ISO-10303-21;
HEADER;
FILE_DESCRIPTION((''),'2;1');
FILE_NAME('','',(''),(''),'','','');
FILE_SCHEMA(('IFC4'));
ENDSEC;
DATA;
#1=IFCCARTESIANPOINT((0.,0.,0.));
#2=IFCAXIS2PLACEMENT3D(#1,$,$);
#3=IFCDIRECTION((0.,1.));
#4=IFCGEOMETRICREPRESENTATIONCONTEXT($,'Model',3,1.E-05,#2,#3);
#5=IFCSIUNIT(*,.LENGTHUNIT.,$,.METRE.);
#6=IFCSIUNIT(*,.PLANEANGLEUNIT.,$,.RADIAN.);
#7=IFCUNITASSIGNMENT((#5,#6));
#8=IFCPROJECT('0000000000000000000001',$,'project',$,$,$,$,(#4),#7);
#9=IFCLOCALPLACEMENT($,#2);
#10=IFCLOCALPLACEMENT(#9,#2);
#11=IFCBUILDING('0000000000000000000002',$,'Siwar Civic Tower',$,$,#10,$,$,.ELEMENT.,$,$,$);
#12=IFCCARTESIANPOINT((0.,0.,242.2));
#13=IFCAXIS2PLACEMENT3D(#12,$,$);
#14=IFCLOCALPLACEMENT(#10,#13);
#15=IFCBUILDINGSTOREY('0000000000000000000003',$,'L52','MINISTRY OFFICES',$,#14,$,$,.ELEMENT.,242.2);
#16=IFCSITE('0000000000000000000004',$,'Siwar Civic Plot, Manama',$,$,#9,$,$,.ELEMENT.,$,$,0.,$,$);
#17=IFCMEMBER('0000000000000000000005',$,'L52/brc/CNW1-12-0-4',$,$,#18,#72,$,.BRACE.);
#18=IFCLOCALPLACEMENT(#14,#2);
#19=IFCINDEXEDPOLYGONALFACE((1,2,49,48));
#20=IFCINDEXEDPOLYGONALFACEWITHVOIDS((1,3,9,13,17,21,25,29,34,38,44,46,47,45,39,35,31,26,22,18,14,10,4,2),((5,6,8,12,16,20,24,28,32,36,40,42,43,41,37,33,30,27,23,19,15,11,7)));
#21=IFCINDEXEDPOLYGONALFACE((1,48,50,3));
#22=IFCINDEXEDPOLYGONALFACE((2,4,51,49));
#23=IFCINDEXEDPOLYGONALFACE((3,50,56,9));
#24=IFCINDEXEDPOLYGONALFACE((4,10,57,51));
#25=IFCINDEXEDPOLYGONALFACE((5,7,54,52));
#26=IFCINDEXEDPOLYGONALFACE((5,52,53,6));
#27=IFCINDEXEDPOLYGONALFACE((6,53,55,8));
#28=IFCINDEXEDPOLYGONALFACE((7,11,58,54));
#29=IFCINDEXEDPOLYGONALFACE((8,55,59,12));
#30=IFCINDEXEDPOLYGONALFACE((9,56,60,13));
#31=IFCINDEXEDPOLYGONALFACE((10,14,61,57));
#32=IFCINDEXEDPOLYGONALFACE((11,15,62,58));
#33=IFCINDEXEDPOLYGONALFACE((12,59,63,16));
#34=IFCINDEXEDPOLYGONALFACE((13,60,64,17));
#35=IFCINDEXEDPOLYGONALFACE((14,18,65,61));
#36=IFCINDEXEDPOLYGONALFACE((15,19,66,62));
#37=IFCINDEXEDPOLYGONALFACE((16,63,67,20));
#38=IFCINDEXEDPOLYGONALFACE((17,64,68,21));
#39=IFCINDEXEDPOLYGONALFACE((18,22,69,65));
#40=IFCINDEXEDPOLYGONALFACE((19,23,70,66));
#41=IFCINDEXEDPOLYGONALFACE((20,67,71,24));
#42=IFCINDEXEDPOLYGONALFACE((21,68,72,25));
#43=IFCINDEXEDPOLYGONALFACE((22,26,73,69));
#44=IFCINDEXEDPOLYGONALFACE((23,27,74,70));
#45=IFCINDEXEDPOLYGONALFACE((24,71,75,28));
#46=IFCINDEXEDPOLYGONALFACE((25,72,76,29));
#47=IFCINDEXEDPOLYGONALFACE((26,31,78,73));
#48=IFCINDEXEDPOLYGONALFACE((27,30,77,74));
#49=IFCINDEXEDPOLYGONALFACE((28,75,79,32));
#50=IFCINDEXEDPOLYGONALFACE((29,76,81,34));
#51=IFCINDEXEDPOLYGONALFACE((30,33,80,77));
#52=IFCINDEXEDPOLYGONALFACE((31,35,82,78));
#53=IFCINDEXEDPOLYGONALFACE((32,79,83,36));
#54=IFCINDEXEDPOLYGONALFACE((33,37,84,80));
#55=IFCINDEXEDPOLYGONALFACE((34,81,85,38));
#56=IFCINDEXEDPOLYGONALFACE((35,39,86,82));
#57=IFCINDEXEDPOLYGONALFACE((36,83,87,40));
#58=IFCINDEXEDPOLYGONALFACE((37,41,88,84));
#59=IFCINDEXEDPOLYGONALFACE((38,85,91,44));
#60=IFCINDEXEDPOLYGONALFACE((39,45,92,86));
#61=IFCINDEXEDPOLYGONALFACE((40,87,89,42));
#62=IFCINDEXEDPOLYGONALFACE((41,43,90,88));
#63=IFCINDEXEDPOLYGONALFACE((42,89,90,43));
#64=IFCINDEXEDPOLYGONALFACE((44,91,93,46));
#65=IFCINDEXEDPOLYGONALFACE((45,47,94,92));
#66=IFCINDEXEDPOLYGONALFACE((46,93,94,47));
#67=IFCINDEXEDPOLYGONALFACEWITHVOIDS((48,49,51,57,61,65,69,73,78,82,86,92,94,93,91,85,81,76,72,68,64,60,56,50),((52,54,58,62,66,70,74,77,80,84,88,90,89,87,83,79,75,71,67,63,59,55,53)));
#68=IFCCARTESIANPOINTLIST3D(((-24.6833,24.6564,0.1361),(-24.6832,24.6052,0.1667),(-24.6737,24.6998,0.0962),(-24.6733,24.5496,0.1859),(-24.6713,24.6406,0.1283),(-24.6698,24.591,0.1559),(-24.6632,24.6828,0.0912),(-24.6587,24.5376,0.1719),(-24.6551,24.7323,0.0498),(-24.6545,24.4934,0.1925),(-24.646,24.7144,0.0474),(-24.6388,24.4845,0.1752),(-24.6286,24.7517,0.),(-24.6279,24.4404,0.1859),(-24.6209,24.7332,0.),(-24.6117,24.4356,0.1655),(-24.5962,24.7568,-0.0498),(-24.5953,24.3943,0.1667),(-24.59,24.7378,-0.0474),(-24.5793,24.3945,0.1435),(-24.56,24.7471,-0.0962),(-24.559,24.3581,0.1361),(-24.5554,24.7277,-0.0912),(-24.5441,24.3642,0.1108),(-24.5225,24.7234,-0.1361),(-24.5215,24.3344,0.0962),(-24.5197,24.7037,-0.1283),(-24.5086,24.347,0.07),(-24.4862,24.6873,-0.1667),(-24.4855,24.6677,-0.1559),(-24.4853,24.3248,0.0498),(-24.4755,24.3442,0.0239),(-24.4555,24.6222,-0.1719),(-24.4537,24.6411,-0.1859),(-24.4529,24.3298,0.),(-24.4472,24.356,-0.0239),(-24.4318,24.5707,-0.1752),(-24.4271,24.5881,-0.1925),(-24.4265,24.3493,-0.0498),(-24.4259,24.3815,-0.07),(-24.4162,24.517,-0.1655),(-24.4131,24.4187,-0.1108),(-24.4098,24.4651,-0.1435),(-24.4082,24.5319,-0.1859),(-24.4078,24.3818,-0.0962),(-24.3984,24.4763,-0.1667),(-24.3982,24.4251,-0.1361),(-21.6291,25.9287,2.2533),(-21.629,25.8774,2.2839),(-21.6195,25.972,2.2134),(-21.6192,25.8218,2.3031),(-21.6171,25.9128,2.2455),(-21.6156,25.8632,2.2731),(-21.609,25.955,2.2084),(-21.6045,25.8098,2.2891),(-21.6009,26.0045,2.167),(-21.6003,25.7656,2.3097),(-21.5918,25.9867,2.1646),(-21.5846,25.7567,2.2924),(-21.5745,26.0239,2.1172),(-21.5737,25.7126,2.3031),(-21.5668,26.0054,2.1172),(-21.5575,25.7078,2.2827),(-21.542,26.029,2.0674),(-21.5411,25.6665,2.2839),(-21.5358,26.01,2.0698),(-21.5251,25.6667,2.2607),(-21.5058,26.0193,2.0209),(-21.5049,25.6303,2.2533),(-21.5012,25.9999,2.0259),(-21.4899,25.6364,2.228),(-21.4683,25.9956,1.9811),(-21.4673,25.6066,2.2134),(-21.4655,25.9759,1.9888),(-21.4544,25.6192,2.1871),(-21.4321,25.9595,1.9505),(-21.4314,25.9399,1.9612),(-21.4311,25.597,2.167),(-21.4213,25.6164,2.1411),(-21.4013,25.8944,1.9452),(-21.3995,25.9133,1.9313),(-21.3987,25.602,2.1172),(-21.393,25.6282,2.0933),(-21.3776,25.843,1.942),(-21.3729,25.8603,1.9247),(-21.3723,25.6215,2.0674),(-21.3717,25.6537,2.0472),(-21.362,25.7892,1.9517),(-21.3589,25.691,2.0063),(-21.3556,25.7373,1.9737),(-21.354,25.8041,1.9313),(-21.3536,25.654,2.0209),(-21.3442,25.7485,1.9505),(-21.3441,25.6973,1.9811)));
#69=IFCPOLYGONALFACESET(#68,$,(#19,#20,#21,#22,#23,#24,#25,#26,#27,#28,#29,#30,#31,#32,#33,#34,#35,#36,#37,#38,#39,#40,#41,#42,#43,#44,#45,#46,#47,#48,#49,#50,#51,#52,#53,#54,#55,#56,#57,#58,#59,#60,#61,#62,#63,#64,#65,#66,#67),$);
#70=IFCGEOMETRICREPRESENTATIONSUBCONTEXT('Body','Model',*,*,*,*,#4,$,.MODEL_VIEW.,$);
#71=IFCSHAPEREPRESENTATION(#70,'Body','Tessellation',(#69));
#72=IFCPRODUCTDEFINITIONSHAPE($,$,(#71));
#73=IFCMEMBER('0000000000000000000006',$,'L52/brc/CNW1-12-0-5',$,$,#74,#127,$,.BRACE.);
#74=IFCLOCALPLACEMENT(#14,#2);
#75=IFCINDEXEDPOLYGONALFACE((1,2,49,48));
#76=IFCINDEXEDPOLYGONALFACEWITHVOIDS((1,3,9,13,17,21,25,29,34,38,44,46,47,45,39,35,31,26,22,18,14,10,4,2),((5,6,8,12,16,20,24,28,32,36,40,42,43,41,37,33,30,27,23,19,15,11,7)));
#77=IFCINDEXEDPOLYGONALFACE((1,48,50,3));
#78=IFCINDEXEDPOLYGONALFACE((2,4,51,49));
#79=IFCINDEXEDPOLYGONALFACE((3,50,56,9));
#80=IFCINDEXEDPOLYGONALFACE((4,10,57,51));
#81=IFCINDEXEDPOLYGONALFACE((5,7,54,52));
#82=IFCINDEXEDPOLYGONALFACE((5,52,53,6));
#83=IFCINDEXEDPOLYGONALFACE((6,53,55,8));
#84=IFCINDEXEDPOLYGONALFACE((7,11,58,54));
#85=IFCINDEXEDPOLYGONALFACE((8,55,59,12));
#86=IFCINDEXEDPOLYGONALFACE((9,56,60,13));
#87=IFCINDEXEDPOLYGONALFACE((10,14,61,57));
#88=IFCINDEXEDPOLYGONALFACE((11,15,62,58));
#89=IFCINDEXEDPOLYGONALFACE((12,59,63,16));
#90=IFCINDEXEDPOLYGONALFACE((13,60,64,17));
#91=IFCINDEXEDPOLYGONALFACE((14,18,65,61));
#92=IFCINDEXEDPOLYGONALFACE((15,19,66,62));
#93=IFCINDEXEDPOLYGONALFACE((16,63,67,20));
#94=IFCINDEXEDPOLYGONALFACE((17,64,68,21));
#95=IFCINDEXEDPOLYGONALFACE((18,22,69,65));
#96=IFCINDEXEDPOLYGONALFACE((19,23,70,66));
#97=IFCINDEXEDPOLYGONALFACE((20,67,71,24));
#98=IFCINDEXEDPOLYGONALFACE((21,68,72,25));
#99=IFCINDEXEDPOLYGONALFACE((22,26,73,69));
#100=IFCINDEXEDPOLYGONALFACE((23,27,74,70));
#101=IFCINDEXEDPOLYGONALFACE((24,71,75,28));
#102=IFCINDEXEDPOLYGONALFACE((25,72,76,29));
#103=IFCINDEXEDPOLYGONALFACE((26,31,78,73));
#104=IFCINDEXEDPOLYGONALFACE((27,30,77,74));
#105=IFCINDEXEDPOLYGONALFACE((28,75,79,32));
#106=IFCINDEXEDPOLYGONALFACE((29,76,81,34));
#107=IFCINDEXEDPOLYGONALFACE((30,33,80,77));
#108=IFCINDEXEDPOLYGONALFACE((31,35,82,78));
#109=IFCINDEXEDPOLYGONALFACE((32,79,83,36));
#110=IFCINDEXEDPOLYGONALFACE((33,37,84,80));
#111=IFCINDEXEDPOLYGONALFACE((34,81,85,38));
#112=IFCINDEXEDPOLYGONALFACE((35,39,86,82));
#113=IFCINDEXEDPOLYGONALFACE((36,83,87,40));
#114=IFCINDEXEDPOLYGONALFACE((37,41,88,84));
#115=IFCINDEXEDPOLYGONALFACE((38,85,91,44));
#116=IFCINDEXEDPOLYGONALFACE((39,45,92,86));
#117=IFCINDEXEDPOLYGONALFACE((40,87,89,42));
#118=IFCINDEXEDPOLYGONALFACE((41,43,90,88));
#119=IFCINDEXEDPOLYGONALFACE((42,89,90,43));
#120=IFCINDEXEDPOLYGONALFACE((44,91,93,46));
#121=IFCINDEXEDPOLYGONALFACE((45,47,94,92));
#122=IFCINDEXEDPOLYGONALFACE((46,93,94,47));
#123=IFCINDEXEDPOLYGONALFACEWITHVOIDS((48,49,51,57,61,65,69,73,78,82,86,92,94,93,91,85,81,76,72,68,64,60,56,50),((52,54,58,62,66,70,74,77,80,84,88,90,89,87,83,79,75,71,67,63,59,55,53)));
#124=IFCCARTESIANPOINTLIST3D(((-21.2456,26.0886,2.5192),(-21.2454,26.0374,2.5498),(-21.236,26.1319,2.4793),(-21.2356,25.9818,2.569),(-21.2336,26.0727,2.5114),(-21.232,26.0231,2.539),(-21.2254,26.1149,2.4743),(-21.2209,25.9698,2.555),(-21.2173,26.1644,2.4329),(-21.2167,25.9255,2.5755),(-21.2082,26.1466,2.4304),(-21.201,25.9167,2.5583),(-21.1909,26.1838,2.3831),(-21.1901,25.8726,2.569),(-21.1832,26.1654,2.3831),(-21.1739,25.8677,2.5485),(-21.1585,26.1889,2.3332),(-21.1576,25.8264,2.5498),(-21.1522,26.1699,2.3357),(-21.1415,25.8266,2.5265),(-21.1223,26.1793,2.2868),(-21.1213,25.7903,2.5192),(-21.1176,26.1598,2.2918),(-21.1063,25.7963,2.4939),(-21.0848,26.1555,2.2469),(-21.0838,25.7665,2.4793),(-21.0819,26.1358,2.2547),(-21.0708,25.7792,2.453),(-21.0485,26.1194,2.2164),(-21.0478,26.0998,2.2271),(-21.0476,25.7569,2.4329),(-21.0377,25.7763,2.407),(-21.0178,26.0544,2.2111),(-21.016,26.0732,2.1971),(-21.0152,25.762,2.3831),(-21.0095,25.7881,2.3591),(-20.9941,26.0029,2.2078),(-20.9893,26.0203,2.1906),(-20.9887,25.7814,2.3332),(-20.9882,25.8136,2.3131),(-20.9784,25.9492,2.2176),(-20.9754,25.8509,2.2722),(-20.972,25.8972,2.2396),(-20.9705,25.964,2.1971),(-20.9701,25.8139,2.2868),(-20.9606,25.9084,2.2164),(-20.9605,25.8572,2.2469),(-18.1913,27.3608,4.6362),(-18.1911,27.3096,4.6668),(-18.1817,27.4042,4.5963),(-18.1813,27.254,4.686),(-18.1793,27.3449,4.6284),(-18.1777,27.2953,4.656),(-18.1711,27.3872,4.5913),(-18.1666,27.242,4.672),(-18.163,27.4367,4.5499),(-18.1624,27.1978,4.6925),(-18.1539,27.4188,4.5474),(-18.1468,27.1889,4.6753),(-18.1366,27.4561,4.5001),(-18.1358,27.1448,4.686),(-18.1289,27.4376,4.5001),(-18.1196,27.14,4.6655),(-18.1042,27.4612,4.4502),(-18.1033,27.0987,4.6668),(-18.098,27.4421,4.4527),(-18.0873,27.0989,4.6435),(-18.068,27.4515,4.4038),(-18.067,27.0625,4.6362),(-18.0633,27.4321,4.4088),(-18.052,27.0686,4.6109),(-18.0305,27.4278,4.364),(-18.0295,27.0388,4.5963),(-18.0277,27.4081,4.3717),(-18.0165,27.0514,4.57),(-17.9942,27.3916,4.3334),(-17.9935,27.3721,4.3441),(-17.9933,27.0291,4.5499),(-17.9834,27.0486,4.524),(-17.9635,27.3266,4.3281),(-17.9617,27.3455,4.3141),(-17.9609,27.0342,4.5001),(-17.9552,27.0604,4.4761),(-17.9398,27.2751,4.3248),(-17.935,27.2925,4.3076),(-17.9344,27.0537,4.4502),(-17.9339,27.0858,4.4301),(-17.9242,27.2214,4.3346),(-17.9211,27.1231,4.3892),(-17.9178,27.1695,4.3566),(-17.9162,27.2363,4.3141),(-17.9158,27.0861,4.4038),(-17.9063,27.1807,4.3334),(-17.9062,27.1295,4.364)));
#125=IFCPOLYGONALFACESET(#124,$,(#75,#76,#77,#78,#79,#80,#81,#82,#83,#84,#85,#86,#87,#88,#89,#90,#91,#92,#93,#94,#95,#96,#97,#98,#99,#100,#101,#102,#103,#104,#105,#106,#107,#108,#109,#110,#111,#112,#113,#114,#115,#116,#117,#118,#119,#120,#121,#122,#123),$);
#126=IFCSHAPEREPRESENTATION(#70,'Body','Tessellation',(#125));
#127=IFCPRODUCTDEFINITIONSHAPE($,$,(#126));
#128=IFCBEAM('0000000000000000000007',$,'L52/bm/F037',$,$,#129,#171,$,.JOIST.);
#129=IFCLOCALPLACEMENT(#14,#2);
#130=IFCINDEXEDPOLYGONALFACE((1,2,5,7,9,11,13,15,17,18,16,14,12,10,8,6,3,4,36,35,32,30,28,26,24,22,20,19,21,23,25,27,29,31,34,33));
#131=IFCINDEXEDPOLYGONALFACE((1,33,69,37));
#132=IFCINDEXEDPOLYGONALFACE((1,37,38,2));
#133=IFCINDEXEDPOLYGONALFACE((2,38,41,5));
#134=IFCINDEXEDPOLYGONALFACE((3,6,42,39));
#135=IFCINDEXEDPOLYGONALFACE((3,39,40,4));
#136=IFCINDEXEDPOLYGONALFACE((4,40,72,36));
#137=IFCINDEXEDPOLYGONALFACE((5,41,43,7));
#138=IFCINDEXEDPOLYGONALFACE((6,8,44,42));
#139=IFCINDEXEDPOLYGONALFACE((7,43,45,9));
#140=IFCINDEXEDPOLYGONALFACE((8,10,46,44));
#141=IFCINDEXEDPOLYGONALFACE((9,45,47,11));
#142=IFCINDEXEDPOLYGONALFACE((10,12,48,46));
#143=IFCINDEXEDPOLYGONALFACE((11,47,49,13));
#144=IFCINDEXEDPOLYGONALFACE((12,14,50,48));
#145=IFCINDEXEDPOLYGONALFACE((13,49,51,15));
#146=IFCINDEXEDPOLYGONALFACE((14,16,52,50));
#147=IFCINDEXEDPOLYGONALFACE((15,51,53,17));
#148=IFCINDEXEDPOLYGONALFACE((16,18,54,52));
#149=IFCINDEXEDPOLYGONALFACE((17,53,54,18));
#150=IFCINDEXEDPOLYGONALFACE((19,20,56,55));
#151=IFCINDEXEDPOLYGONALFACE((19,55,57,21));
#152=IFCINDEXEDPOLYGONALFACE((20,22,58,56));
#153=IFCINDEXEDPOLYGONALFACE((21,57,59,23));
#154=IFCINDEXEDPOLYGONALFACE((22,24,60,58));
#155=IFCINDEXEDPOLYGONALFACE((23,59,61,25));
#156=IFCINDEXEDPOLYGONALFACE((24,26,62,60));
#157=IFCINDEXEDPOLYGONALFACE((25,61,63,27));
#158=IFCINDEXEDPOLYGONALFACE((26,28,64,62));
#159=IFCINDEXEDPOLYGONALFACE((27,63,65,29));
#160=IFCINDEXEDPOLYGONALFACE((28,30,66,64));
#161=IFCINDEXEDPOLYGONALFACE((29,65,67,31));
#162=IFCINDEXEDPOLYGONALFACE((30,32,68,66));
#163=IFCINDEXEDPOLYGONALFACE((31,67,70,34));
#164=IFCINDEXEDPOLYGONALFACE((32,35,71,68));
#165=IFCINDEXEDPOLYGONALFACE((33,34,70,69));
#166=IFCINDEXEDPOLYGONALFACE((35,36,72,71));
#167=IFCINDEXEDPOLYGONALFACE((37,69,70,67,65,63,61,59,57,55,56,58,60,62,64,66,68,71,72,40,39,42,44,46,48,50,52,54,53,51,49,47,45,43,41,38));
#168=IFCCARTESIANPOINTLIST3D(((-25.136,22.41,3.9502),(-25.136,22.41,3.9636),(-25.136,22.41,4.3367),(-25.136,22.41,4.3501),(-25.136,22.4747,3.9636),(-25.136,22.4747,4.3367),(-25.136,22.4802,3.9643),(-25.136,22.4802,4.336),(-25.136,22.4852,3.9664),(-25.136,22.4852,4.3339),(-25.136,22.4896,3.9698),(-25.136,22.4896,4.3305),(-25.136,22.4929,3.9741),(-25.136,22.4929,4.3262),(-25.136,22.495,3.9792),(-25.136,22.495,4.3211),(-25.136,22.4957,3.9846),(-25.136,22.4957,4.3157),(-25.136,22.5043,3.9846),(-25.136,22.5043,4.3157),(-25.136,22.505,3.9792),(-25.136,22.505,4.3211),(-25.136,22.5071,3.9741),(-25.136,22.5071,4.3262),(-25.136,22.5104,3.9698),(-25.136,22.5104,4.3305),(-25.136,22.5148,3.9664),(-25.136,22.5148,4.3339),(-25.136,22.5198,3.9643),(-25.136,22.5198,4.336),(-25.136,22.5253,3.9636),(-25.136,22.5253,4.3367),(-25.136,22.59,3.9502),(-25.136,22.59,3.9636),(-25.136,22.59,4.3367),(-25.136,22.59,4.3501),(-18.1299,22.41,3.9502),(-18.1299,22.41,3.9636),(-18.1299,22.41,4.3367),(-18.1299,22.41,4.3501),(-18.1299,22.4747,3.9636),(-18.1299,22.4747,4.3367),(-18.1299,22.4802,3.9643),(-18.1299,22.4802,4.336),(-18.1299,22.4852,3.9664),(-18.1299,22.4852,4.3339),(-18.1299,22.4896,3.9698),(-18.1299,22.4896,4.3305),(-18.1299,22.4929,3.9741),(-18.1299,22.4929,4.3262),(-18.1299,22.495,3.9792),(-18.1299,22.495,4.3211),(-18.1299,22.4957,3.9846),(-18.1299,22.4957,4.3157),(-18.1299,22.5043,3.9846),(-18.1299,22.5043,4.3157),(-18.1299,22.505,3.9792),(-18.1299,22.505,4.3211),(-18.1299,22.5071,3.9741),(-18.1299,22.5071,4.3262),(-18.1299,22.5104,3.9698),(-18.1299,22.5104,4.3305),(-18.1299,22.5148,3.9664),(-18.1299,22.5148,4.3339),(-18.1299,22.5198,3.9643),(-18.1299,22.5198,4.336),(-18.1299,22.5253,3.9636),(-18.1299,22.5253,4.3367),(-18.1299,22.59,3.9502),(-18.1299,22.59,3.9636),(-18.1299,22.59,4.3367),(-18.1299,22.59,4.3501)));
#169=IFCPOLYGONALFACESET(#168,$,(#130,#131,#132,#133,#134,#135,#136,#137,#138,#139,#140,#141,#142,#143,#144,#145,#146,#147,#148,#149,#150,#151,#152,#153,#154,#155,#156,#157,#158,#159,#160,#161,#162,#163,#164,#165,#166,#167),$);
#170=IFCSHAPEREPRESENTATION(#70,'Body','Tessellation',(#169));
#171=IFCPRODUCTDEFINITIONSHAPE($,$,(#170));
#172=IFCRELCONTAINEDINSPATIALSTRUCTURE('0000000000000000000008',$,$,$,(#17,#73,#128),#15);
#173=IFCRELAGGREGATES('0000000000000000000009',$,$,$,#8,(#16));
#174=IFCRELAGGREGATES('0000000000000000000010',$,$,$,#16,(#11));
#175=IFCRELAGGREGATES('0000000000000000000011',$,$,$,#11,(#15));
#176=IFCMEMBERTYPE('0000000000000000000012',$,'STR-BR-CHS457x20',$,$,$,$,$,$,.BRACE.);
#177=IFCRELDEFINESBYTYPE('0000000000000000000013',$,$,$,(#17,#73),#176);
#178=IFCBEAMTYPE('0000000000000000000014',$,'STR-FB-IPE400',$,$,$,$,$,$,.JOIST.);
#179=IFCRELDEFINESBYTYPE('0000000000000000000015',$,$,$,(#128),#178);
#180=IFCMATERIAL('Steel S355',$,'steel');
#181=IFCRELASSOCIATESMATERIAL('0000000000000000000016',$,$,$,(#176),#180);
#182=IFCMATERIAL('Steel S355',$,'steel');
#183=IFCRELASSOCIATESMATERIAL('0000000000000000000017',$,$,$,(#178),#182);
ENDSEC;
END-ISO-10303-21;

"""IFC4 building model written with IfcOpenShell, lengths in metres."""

from ifc_helpers import new_model, si_unit, direction, frame, origin, origin_2d, place, context, subcontext, project, spatial, hollow_circle, i_section, extrude, material, material_profile, profile_set, type_object, element, save


model = new_model("IFC4")

# Units and contexts
model_context = context("Model", 3, precision=1e-05, world=origin(), true_north=direction((0.0, 1.0)))
body_context = subcontext(model_context, "Body", "Model", "MODEL_VIEW")
ifc_project = project(units=[si_unit("LENGTHUNIT", "METRE"), si_unit("PLANEANGLEUNIT", "RADIAN")], contexts=[model_context])

# Site, building, storey
site_placement = place(None, origin())
site = spatial("IfcSite", under=ifc_project, at=site_placement, Name="Siwar Civic Plot, Manama", CompositionType="ELEMENT", RefElevation=0.0)
building_placement = place(site_placement, origin())
building = spatial("IfcBuilding", under=site, at=building_placement, Name="Siwar Civic Tower", CompositionType="ELEMENT")
storey_placement = place(building_placement, frame((0.0, 0.0, 242.2)))
storey = spatial("IfcBuildingStorey", under=building, at=storey_placement, Name="L52", Description="MINISTRY OFFICES", CompositionType="ELEMENT", Elevation=242.2)

# Members
ifc_material_1 = material(Name="Steel S355", Category="steel")
ifc_material_profile_1 = material_profile(ifc_material_1, hollow_circle(Radius=0.2285, WallThickness=0.02, at=origin_2d()), Name="CHS457x20")
ifc_profile_set_1 = profile_set([ifc_material_profile_1], Name="Steel S355")
member_type_1 = type_object("IfcMemberType", Name="STR-BR-CHS457x20", PredefinedType="BRACE", material=ifc_profile_set_1)
for number, where, z_axis, x_axis, name in (
    (1, (-24.5408, 24.5408, 0.0), (0.777546, 0.323884, 0.538999), (-0.384521, 0.923116, 0.0), "L52/brc/CNW1-12-0-4"),
    (2, (-21.103, 25.9729, 2.3831), (0.777572, 0.323895, 0.538955), (-0.384521, 0.923116, 0.0), "L52/brc/CNW1-12-0-5"),
):
    element("IfcMember", number, at=place(storey_placement, frame(where, z_axis=z_axis, x_axis=x_axis)), inside=storey, type_object=member_type_1, Name=name, PredefinedType="BRACE", context=body_context, shape_type="SweptSolid", body=[
        extrude(hollow_circle(Radius=0.2285, WallThickness=0.02, at=origin_2d()), origin(), (0.0, 0.0, 1.0), 3.928),
    ])

# Beam
ifc_material_2 = material(Name="Steel S355", Category="steel")
ifc_material_profile_2 = material_profile(ifc_material_2, i_section(OverallWidth=0.1799, OverallDepth=0.3999, WebThickness=0.0085, FlangeThickness=0.0134, FilletRadius=0.021, at=origin_2d()), Name="IPE400")
ifc_profile_set_2 = profile_set([ifc_material_profile_2], Name="Steel S355")
beam_type_1 = type_object("IfcBeamType", Name="STR-FB-IPE400", PredefinedType="JOIST", material=ifc_profile_set_2)
beam_1_placement = place(storey_placement, frame((-25.136, 22.5, 4.1501), z_axis=(1.0, 0.0, 0.0), x_axis=(0.0, 1.0, 0.0)))
element("IfcBeam", 3, at=beam_1_placement, inside=storey, type_object=beam_type_1, Name="L52/bm/F037", PredefinedType="JOIST", context=body_context, shape_type="SweptSolid", body=[
    extrude(i_section(OverallWidth=0.1799, OverallDepth=0.3999, WebThickness=0.0085, FlangeThickness=0.0134, FilletRadius=0.021, at=origin_2d()), origin(), (0.0, 0.0, 1.0), 7.0061),
])

save(model, "model.ifc")
